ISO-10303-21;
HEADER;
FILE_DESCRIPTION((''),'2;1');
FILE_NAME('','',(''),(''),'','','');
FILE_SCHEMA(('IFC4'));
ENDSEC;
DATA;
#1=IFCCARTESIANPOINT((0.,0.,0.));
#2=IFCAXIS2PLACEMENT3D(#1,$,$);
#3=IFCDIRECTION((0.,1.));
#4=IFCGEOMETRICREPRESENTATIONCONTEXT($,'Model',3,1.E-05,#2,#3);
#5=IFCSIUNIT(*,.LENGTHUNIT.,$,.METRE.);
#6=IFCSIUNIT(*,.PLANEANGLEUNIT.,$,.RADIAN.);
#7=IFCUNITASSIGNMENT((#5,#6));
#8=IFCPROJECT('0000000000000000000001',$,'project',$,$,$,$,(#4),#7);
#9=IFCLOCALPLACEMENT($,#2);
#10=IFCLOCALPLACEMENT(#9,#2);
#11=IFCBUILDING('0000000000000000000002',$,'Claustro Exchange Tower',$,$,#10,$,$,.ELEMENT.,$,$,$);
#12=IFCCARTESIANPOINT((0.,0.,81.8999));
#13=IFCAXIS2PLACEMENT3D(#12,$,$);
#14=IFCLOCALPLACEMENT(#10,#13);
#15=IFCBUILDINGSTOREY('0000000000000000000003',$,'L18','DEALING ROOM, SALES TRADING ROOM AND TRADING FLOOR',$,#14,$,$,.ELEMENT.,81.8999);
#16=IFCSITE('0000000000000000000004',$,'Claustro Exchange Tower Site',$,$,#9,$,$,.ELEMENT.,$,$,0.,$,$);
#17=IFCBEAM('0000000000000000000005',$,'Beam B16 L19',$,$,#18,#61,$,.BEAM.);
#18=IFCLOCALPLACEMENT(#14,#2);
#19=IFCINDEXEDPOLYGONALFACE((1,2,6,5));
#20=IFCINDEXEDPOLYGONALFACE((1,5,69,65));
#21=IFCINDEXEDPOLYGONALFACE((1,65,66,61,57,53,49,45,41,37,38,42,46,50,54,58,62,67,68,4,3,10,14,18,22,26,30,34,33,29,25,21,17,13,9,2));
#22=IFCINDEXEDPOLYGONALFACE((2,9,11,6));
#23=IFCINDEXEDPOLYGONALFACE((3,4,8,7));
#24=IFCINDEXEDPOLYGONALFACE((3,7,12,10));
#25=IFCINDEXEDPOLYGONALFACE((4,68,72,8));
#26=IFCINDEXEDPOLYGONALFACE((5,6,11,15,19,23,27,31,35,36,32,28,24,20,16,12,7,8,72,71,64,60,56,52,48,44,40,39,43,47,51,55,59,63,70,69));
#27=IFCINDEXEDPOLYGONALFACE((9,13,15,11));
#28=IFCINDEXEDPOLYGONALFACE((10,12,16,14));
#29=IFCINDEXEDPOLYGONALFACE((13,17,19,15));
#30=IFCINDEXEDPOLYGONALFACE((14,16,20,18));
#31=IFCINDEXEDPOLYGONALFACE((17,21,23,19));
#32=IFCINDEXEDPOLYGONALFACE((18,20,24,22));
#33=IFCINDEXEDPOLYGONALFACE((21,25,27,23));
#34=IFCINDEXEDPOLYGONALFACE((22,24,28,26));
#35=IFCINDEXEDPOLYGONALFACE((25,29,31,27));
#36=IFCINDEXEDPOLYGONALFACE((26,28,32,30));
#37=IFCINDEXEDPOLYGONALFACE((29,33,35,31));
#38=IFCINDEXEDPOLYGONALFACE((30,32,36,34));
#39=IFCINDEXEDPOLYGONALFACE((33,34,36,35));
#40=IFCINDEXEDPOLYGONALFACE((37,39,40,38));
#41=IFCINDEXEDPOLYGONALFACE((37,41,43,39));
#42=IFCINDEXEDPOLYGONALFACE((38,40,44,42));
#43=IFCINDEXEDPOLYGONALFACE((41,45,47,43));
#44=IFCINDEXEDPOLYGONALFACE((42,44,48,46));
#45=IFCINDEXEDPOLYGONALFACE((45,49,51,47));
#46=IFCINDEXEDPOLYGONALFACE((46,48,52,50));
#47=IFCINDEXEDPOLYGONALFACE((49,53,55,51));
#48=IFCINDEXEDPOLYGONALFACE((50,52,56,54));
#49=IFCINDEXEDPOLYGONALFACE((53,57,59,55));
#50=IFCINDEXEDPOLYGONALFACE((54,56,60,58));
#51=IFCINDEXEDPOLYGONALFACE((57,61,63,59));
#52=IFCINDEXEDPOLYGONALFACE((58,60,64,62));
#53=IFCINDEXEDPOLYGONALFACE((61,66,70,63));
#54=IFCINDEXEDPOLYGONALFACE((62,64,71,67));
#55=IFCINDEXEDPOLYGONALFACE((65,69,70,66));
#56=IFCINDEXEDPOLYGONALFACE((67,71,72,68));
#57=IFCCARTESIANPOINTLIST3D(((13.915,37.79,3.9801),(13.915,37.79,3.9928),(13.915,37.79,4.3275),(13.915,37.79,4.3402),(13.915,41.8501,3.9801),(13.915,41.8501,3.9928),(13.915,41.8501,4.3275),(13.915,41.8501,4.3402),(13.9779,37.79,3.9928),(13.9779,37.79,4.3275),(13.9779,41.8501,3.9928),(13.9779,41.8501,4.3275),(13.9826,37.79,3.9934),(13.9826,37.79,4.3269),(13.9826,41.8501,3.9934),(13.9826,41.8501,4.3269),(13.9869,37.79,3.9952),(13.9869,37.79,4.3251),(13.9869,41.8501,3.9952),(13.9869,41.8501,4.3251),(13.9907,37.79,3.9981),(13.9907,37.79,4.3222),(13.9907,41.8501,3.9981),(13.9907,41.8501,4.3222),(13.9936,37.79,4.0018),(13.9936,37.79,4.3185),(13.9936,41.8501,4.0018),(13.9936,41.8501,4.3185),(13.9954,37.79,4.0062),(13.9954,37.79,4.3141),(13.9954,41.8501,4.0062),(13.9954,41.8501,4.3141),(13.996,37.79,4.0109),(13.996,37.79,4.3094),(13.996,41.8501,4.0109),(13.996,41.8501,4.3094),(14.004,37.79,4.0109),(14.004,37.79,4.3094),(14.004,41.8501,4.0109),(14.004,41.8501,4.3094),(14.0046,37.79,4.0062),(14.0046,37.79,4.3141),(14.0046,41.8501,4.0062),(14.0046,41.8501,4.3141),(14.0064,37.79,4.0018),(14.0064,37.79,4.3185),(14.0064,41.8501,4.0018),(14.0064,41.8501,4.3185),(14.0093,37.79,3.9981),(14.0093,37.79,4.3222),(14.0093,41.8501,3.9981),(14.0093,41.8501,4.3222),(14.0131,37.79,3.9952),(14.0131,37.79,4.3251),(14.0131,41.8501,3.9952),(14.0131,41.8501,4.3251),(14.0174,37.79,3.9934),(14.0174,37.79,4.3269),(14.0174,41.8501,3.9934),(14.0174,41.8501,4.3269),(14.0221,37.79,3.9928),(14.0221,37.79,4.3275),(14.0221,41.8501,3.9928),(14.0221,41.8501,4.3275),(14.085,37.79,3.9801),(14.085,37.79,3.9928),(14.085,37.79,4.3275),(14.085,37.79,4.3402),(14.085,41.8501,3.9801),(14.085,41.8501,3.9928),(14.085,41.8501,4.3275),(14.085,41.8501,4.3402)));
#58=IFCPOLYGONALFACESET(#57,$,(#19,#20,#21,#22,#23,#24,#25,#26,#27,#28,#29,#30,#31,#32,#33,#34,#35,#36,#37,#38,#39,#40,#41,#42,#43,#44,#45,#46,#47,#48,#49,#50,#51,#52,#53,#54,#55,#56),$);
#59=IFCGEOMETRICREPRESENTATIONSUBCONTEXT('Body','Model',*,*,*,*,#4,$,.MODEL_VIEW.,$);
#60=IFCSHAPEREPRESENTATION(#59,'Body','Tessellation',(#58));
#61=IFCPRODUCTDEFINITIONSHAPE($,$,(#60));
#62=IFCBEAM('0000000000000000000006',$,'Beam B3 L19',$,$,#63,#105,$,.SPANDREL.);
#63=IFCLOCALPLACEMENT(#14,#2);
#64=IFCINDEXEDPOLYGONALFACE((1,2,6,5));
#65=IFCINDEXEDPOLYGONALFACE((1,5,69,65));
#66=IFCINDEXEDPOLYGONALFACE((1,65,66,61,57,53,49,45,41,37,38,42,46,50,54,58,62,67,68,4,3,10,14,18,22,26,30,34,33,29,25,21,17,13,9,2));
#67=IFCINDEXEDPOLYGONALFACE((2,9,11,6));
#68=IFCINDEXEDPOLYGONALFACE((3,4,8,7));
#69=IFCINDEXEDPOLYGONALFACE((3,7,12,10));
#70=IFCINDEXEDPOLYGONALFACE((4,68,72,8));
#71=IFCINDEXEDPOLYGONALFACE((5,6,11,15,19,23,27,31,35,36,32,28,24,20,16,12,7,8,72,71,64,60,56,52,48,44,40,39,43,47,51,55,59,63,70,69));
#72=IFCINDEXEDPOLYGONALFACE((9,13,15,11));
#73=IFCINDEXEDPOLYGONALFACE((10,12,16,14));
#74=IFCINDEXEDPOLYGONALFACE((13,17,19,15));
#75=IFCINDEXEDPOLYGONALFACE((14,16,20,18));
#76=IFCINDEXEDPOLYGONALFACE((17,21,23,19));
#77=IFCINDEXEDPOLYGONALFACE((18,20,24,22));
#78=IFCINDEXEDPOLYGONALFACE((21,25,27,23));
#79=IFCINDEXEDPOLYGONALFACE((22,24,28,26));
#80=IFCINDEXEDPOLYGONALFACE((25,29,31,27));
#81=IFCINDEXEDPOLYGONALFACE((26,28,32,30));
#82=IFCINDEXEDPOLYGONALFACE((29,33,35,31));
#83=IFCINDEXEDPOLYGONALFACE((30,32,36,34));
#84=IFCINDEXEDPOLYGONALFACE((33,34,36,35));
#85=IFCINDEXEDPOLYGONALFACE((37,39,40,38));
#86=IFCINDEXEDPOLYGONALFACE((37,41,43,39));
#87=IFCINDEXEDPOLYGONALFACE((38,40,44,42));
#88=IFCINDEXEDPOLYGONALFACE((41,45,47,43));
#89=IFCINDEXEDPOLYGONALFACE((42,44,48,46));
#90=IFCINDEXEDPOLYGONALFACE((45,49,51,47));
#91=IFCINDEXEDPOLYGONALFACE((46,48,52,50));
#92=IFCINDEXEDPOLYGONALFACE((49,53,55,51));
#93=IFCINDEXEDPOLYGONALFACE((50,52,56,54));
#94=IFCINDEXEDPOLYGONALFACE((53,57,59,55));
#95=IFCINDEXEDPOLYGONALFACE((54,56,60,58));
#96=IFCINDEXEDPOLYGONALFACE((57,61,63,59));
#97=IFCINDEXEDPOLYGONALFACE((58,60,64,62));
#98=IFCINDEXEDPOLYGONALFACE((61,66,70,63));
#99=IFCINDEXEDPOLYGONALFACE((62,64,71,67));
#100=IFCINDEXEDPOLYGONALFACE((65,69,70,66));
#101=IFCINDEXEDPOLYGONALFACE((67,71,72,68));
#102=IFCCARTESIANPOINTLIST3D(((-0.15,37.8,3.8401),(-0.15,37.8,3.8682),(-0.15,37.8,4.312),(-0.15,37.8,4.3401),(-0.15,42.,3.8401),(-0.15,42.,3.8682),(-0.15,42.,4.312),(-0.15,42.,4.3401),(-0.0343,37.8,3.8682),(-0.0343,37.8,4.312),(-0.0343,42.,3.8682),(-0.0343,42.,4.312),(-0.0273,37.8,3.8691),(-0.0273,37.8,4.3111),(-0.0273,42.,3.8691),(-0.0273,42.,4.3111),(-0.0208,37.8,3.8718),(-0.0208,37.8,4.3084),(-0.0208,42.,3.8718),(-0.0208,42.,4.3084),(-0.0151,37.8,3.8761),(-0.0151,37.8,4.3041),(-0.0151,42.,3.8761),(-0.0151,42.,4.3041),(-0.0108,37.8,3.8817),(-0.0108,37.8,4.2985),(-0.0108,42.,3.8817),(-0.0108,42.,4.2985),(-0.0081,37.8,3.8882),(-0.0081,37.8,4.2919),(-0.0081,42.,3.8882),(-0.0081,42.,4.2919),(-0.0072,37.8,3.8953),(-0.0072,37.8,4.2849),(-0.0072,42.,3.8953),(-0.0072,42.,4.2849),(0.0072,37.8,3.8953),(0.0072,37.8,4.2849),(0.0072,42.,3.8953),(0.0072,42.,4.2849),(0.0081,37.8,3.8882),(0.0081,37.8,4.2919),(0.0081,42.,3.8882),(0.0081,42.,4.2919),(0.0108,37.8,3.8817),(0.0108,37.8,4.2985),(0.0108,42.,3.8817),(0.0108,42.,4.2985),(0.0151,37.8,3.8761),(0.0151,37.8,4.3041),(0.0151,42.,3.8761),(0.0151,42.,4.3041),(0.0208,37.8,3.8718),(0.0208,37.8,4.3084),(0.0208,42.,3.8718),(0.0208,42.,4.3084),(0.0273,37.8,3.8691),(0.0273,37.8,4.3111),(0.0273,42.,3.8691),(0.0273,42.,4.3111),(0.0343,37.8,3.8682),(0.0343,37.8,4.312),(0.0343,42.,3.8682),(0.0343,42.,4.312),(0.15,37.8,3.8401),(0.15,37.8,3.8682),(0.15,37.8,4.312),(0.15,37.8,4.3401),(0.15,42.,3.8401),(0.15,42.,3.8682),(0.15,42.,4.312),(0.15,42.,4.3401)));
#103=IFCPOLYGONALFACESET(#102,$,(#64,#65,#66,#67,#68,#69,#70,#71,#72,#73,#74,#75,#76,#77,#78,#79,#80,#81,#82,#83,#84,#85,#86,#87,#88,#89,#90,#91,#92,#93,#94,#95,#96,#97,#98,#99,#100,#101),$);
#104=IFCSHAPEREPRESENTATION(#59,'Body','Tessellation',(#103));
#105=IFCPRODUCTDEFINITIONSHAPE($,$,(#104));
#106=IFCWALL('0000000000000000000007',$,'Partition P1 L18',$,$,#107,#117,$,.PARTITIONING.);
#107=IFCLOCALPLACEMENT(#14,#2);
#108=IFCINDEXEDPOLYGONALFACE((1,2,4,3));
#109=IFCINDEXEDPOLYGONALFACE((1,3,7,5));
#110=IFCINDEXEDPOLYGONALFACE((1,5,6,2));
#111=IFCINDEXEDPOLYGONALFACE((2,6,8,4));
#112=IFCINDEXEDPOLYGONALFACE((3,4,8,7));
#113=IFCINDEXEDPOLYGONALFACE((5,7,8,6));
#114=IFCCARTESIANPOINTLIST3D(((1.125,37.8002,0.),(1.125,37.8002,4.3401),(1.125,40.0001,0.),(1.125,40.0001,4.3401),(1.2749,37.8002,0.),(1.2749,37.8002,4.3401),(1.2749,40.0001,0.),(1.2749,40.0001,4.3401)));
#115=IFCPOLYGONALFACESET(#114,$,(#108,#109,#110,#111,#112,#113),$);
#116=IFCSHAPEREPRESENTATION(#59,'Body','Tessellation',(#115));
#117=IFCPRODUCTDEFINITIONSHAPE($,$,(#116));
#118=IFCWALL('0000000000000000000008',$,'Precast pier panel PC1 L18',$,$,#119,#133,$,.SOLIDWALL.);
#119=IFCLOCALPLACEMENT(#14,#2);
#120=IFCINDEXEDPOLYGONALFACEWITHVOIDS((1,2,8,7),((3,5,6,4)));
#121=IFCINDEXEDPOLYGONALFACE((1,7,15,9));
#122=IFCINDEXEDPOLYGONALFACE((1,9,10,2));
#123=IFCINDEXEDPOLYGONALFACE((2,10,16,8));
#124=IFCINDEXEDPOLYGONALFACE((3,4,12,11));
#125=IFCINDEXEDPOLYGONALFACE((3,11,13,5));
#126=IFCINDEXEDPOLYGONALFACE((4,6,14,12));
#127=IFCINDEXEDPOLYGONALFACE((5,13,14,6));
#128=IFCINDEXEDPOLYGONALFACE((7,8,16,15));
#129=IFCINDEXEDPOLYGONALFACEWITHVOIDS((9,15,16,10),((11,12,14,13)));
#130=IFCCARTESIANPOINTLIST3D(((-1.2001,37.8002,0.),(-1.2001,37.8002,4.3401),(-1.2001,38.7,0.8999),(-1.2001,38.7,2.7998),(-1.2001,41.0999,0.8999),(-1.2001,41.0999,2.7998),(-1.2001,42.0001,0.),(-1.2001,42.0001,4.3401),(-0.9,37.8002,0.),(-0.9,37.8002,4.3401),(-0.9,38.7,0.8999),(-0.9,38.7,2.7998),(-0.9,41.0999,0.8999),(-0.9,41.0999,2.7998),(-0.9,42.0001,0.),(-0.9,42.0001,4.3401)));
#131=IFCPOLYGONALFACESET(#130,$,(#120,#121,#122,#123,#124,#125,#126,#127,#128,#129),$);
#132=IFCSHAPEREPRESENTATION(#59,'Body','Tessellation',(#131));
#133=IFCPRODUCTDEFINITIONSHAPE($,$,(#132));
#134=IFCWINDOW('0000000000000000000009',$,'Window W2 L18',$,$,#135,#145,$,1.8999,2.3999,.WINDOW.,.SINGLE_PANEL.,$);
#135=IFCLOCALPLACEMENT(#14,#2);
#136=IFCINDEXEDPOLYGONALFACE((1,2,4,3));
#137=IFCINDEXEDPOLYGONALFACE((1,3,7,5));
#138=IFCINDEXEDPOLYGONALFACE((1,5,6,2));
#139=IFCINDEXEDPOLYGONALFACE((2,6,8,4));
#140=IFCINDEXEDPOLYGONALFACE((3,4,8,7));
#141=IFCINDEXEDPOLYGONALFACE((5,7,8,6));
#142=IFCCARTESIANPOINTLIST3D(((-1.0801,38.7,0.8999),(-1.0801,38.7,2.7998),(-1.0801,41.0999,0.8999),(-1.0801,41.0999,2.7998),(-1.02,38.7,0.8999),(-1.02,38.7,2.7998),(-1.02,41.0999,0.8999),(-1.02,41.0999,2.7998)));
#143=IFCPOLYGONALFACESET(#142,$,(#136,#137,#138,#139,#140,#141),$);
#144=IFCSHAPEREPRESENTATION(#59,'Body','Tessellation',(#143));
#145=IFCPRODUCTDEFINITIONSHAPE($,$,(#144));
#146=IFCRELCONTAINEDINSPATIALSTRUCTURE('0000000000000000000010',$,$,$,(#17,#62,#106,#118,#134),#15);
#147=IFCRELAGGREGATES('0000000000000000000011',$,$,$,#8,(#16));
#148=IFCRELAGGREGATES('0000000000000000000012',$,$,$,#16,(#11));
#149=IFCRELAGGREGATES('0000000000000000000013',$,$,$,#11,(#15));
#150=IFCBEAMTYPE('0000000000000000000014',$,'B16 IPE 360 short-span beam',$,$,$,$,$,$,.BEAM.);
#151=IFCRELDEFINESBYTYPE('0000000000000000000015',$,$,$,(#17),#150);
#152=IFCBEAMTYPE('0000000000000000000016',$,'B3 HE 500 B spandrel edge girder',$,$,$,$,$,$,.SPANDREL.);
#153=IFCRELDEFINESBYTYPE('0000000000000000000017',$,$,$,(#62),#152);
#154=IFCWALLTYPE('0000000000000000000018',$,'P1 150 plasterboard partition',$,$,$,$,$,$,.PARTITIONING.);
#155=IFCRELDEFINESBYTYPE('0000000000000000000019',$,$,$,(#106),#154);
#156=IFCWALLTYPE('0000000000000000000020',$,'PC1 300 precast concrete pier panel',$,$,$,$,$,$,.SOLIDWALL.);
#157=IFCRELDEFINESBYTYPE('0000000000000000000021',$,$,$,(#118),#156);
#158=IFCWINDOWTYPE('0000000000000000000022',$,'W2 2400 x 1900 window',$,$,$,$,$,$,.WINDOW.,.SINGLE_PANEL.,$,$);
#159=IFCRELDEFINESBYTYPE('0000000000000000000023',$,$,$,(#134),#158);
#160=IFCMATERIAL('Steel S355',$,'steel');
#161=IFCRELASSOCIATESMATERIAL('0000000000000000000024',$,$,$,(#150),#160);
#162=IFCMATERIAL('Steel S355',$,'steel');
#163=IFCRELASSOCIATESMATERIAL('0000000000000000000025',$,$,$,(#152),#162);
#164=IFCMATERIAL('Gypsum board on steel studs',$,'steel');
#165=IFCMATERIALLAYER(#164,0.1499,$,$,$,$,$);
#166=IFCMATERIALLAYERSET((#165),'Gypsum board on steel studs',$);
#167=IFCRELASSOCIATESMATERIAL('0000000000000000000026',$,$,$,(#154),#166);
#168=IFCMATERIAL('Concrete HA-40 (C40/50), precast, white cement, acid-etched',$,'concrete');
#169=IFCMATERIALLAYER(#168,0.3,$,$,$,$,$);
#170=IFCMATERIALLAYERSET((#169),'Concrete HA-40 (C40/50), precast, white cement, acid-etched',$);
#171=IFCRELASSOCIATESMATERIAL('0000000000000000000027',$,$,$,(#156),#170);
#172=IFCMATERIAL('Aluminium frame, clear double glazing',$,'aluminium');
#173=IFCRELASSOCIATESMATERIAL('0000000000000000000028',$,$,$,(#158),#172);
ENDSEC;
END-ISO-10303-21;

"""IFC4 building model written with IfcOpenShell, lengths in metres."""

from ifc_helpers import new_model, si_unit, direction, frame, frame_2d, origin, origin_2d, place, context, subcontext, project, spatial, rectangle, i_section, extrude, material, layer, layer_set, material_profile, profile_set, type_object, element, fill, save


model = new_model("IFC4")

# Units and contexts
model_context = context("Model", 3, precision=1e-05, world=origin(), true_north=direction((0.0, 1.0)))
body_context = subcontext(model_context, "Body", "Model", "MODEL_VIEW")
ifc_project = project(units=[si_unit("LENGTHUNIT", "METRE"), si_unit("PLANEANGLEUNIT", "RADIAN")], contexts=[model_context])

# Site, building, storey
site_placement = place(None, origin())
site = spatial("IfcSite", under=ifc_project, at=site_placement, Name="Claustro Exchange Tower Site", CompositionType="ELEMENT", RefElevation=0.0)
building_placement = place(site_placement, origin())
building = spatial("IfcBuilding", under=site, at=building_placement, Name="Claustro Exchange Tower", CompositionType="ELEMENT")
storey_placement = place(building_placement, frame((0.0, 0.0, 81.8999)))
storey = spatial("IfcBuildingStorey", under=building, at=storey_placement, Name="L18", Description="DEALING ROOM, SALES TRADING ROOM AND TRADING FLOOR", CompositionType="ELEMENT", Elevation=81.8999)

# Beams
ifc_material_1 = material(Name="Steel S355", Category="steel")
ifc_material_profile_1 = material_profile(ifc_material_1, i_section(OverallWidth=0.1699, OverallDepth=0.3601, WebThickness=0.0081, FlangeThickness=0.0127, FilletRadius=0.0181, at=origin_2d()), Name="IPE 360")
ifc_profile_set_1 = profile_set([ifc_material_profile_1], Name="Steel S355")
beam_type_1 = type_object("IfcBeamType", Name="B16 IPE 360 short-span beam", PredefinedType="BEAM", material=ifc_profile_set_1)
for number, where, z_axis, x_axis, name in (
    (1, (14.0, 37.79, 4.1602), (0.0, 1.0, 0.0), (-1.0, 0.0, 0.0), "Beam B16 L19"),
):
    element("IfcBeam", number, at=place(storey_placement, frame(where, z_axis=z_axis, x_axis=x_axis)), inside=storey, type_object=beam_type_1, Name=name, PredefinedType="BEAM", context=body_context, shape_type="SweptSolid", body=[
        extrude(i_section(OverallWidth=0.1699, OverallDepth=0.3601, WebThickness=0.0081, FlangeThickness=0.0127, FilletRadius=0.0181, at=origin_2d()), origin(), (0.0, 0.0, 1.0), 4.0601),
    ])
ifc_material_2 = material(Name="Steel S355", Category="steel")
ifc_material_profile_2 = material_profile(ifc_material_2, i_section(OverallWidth=0.3, OverallDepth=0.5, WebThickness=0.0144, FlangeThickness=0.0281, FilletRadius=0.0271, at=origin_2d()), Name="HE 500 B")
ifc_profile_set_2 = profile_set([ifc_material_profile_2], Name="Steel S355")
beam_type_2 = type_object("IfcBeamType", Name="B3 HE 500 B spandrel edge girder", PredefinedType="SPANDREL", material=ifc_profile_set_2)
beam_1_placement = place(storey_placement, frame((0.0, 37.8, 4.0901), z_axis=(0.0, 1.0, 0.0), x_axis=(-1.0, 0.0, 0.0)))
element("IfcBeam", 2, at=beam_1_placement, inside=storey, type_object=beam_type_2, Name="Beam B3 L19", PredefinedType="SPANDREL", context=body_context, shape_type="SweptSolid", body=[
    extrude(i_section(OverallWidth=0.3, OverallDepth=0.5, WebThickness=0.0144, FlangeThickness=0.0281, FilletRadius=0.0271, at=origin_2d()), origin(), (0.0, 0.0, 1.0), 4.2),
])

# Wall
ifc_material_3 = material(Name="Gypsum board on steel studs", Category="steel")
ifc_layer_1 = layer(ifc_material_3, 0.1499)
ifc_layer_set_1 = layer_set([ifc_layer_1], Name="Gypsum board on steel studs")
wall_type_1 = type_object("IfcWallType", Name="P1 150 plasterboard partition", PredefinedType="PARTITIONING", material=ifc_layer_set_1)
wall_1_placement = place(storey_placement, frame((1.2, 37.8, 0.0), z_axis=(0.0, 0.0, 1.0), x_axis=(0.0, 1.0, 0.0)))
element("IfcWall", 3, at=wall_1_placement, inside=storey, type_object=wall_type_1, Name="Partition P1 L18", PredefinedType="PARTITIONING", context=body_context, shape_type="SweptSolid", body=[
    extrude(rectangle(XDim=2.2, YDim=0.1499, at=frame_2d((1.1001, 0.0))), origin(), (0.0, 0.0, 1.0), 4.3401),
])

# Wall, opening, window
ifc_material_4 = material(Name="Concrete HA-40 (C40/50), precast, white cement, acid-etched", Category="concrete")
ifc_layer_2 = layer(ifc_material_4, 0.3)
ifc_layer_set_2 = layer_set([ifc_layer_2], Name="Concrete HA-40 (C40/50), precast, white cement, acid-etched")
wall_type_2 = type_object("IfcWallType", Name="PC1 300 precast concrete pier panel", PredefinedType="SOLIDWALL", material=ifc_layer_set_2)
wall_2_placement = place(storey_placement, frame((-1.05, 37.8, 0.0), z_axis=(0.0, 0.0, 1.0), x_axis=(0.0, 1.0, 0.0)))
wall_2 = element("IfcWall", 4, at=wall_2_placement, inside=storey, type_object=wall_type_2, Name="Precast pier panel PC1 L18", PredefinedType="SOLIDWALL", context=body_context, shape_type="SweptSolid", body=[
    extrude(rectangle(XDim=4.2, YDim=0.3, at=frame_2d((2.1001, 0.0))), origin(), (0.0, 0.0, 1.0), 4.3401),
])
opening_1_placement = place(wall_2_placement, frame((0.8999, 0.0, 0.8999)))
opening_1 = element("IfcOpeningElement", 5, at=opening_1_placement, cuts=wall_2, PredefinedType="OPENING", context=body_context, shape_type="SweptSolid", body=[
    extrude(rectangle(XDim=2.3999, YDim=1.8999, at=frame_2d((1.2, 0.95))), frame((0.0, 0.1599, 0.0), z_axis=(0.0, -1.0, 0.0), x_axis=(1.0, 0.0, 0.0)), (0.0, 0.0, 1.0), 0.3201),
])
ifc_material_5 = material(Name="Aluminium frame, clear double glazing", Category="aluminium")
window_type = type_object("IfcWindowType", Name="W2 2400 x 1900 window", PartitioningType="SINGLE_PANEL", PredefinedType="WINDOW", material=ifc_material_5)
window_1_placement = place(opening_1_placement, origin())
window_1 = element("IfcWindow", 6, at=window_1_placement, inside=storey, type_object=window_type, Name="Window W2 L18", OverallHeight=1.8999, OverallWidth=2.3999, PartitioningType="SINGLE_PANEL", PredefinedType="WINDOW", context=body_context, shape_type="SweptSolid", body=[
    extrude(rectangle(XDim=2.3999, YDim=1.8999, at=frame_2d((1.2, 0.95))), frame((0.0, 0.03, 0.0), z_axis=(0.0, -1.0, 0.0), x_axis=(1.0, 0.0, 0.0)), (0.0, 0.0, 1.0), 0.0601),
])
fill(opening_1, window_1)

save(model, "model.ifc")
